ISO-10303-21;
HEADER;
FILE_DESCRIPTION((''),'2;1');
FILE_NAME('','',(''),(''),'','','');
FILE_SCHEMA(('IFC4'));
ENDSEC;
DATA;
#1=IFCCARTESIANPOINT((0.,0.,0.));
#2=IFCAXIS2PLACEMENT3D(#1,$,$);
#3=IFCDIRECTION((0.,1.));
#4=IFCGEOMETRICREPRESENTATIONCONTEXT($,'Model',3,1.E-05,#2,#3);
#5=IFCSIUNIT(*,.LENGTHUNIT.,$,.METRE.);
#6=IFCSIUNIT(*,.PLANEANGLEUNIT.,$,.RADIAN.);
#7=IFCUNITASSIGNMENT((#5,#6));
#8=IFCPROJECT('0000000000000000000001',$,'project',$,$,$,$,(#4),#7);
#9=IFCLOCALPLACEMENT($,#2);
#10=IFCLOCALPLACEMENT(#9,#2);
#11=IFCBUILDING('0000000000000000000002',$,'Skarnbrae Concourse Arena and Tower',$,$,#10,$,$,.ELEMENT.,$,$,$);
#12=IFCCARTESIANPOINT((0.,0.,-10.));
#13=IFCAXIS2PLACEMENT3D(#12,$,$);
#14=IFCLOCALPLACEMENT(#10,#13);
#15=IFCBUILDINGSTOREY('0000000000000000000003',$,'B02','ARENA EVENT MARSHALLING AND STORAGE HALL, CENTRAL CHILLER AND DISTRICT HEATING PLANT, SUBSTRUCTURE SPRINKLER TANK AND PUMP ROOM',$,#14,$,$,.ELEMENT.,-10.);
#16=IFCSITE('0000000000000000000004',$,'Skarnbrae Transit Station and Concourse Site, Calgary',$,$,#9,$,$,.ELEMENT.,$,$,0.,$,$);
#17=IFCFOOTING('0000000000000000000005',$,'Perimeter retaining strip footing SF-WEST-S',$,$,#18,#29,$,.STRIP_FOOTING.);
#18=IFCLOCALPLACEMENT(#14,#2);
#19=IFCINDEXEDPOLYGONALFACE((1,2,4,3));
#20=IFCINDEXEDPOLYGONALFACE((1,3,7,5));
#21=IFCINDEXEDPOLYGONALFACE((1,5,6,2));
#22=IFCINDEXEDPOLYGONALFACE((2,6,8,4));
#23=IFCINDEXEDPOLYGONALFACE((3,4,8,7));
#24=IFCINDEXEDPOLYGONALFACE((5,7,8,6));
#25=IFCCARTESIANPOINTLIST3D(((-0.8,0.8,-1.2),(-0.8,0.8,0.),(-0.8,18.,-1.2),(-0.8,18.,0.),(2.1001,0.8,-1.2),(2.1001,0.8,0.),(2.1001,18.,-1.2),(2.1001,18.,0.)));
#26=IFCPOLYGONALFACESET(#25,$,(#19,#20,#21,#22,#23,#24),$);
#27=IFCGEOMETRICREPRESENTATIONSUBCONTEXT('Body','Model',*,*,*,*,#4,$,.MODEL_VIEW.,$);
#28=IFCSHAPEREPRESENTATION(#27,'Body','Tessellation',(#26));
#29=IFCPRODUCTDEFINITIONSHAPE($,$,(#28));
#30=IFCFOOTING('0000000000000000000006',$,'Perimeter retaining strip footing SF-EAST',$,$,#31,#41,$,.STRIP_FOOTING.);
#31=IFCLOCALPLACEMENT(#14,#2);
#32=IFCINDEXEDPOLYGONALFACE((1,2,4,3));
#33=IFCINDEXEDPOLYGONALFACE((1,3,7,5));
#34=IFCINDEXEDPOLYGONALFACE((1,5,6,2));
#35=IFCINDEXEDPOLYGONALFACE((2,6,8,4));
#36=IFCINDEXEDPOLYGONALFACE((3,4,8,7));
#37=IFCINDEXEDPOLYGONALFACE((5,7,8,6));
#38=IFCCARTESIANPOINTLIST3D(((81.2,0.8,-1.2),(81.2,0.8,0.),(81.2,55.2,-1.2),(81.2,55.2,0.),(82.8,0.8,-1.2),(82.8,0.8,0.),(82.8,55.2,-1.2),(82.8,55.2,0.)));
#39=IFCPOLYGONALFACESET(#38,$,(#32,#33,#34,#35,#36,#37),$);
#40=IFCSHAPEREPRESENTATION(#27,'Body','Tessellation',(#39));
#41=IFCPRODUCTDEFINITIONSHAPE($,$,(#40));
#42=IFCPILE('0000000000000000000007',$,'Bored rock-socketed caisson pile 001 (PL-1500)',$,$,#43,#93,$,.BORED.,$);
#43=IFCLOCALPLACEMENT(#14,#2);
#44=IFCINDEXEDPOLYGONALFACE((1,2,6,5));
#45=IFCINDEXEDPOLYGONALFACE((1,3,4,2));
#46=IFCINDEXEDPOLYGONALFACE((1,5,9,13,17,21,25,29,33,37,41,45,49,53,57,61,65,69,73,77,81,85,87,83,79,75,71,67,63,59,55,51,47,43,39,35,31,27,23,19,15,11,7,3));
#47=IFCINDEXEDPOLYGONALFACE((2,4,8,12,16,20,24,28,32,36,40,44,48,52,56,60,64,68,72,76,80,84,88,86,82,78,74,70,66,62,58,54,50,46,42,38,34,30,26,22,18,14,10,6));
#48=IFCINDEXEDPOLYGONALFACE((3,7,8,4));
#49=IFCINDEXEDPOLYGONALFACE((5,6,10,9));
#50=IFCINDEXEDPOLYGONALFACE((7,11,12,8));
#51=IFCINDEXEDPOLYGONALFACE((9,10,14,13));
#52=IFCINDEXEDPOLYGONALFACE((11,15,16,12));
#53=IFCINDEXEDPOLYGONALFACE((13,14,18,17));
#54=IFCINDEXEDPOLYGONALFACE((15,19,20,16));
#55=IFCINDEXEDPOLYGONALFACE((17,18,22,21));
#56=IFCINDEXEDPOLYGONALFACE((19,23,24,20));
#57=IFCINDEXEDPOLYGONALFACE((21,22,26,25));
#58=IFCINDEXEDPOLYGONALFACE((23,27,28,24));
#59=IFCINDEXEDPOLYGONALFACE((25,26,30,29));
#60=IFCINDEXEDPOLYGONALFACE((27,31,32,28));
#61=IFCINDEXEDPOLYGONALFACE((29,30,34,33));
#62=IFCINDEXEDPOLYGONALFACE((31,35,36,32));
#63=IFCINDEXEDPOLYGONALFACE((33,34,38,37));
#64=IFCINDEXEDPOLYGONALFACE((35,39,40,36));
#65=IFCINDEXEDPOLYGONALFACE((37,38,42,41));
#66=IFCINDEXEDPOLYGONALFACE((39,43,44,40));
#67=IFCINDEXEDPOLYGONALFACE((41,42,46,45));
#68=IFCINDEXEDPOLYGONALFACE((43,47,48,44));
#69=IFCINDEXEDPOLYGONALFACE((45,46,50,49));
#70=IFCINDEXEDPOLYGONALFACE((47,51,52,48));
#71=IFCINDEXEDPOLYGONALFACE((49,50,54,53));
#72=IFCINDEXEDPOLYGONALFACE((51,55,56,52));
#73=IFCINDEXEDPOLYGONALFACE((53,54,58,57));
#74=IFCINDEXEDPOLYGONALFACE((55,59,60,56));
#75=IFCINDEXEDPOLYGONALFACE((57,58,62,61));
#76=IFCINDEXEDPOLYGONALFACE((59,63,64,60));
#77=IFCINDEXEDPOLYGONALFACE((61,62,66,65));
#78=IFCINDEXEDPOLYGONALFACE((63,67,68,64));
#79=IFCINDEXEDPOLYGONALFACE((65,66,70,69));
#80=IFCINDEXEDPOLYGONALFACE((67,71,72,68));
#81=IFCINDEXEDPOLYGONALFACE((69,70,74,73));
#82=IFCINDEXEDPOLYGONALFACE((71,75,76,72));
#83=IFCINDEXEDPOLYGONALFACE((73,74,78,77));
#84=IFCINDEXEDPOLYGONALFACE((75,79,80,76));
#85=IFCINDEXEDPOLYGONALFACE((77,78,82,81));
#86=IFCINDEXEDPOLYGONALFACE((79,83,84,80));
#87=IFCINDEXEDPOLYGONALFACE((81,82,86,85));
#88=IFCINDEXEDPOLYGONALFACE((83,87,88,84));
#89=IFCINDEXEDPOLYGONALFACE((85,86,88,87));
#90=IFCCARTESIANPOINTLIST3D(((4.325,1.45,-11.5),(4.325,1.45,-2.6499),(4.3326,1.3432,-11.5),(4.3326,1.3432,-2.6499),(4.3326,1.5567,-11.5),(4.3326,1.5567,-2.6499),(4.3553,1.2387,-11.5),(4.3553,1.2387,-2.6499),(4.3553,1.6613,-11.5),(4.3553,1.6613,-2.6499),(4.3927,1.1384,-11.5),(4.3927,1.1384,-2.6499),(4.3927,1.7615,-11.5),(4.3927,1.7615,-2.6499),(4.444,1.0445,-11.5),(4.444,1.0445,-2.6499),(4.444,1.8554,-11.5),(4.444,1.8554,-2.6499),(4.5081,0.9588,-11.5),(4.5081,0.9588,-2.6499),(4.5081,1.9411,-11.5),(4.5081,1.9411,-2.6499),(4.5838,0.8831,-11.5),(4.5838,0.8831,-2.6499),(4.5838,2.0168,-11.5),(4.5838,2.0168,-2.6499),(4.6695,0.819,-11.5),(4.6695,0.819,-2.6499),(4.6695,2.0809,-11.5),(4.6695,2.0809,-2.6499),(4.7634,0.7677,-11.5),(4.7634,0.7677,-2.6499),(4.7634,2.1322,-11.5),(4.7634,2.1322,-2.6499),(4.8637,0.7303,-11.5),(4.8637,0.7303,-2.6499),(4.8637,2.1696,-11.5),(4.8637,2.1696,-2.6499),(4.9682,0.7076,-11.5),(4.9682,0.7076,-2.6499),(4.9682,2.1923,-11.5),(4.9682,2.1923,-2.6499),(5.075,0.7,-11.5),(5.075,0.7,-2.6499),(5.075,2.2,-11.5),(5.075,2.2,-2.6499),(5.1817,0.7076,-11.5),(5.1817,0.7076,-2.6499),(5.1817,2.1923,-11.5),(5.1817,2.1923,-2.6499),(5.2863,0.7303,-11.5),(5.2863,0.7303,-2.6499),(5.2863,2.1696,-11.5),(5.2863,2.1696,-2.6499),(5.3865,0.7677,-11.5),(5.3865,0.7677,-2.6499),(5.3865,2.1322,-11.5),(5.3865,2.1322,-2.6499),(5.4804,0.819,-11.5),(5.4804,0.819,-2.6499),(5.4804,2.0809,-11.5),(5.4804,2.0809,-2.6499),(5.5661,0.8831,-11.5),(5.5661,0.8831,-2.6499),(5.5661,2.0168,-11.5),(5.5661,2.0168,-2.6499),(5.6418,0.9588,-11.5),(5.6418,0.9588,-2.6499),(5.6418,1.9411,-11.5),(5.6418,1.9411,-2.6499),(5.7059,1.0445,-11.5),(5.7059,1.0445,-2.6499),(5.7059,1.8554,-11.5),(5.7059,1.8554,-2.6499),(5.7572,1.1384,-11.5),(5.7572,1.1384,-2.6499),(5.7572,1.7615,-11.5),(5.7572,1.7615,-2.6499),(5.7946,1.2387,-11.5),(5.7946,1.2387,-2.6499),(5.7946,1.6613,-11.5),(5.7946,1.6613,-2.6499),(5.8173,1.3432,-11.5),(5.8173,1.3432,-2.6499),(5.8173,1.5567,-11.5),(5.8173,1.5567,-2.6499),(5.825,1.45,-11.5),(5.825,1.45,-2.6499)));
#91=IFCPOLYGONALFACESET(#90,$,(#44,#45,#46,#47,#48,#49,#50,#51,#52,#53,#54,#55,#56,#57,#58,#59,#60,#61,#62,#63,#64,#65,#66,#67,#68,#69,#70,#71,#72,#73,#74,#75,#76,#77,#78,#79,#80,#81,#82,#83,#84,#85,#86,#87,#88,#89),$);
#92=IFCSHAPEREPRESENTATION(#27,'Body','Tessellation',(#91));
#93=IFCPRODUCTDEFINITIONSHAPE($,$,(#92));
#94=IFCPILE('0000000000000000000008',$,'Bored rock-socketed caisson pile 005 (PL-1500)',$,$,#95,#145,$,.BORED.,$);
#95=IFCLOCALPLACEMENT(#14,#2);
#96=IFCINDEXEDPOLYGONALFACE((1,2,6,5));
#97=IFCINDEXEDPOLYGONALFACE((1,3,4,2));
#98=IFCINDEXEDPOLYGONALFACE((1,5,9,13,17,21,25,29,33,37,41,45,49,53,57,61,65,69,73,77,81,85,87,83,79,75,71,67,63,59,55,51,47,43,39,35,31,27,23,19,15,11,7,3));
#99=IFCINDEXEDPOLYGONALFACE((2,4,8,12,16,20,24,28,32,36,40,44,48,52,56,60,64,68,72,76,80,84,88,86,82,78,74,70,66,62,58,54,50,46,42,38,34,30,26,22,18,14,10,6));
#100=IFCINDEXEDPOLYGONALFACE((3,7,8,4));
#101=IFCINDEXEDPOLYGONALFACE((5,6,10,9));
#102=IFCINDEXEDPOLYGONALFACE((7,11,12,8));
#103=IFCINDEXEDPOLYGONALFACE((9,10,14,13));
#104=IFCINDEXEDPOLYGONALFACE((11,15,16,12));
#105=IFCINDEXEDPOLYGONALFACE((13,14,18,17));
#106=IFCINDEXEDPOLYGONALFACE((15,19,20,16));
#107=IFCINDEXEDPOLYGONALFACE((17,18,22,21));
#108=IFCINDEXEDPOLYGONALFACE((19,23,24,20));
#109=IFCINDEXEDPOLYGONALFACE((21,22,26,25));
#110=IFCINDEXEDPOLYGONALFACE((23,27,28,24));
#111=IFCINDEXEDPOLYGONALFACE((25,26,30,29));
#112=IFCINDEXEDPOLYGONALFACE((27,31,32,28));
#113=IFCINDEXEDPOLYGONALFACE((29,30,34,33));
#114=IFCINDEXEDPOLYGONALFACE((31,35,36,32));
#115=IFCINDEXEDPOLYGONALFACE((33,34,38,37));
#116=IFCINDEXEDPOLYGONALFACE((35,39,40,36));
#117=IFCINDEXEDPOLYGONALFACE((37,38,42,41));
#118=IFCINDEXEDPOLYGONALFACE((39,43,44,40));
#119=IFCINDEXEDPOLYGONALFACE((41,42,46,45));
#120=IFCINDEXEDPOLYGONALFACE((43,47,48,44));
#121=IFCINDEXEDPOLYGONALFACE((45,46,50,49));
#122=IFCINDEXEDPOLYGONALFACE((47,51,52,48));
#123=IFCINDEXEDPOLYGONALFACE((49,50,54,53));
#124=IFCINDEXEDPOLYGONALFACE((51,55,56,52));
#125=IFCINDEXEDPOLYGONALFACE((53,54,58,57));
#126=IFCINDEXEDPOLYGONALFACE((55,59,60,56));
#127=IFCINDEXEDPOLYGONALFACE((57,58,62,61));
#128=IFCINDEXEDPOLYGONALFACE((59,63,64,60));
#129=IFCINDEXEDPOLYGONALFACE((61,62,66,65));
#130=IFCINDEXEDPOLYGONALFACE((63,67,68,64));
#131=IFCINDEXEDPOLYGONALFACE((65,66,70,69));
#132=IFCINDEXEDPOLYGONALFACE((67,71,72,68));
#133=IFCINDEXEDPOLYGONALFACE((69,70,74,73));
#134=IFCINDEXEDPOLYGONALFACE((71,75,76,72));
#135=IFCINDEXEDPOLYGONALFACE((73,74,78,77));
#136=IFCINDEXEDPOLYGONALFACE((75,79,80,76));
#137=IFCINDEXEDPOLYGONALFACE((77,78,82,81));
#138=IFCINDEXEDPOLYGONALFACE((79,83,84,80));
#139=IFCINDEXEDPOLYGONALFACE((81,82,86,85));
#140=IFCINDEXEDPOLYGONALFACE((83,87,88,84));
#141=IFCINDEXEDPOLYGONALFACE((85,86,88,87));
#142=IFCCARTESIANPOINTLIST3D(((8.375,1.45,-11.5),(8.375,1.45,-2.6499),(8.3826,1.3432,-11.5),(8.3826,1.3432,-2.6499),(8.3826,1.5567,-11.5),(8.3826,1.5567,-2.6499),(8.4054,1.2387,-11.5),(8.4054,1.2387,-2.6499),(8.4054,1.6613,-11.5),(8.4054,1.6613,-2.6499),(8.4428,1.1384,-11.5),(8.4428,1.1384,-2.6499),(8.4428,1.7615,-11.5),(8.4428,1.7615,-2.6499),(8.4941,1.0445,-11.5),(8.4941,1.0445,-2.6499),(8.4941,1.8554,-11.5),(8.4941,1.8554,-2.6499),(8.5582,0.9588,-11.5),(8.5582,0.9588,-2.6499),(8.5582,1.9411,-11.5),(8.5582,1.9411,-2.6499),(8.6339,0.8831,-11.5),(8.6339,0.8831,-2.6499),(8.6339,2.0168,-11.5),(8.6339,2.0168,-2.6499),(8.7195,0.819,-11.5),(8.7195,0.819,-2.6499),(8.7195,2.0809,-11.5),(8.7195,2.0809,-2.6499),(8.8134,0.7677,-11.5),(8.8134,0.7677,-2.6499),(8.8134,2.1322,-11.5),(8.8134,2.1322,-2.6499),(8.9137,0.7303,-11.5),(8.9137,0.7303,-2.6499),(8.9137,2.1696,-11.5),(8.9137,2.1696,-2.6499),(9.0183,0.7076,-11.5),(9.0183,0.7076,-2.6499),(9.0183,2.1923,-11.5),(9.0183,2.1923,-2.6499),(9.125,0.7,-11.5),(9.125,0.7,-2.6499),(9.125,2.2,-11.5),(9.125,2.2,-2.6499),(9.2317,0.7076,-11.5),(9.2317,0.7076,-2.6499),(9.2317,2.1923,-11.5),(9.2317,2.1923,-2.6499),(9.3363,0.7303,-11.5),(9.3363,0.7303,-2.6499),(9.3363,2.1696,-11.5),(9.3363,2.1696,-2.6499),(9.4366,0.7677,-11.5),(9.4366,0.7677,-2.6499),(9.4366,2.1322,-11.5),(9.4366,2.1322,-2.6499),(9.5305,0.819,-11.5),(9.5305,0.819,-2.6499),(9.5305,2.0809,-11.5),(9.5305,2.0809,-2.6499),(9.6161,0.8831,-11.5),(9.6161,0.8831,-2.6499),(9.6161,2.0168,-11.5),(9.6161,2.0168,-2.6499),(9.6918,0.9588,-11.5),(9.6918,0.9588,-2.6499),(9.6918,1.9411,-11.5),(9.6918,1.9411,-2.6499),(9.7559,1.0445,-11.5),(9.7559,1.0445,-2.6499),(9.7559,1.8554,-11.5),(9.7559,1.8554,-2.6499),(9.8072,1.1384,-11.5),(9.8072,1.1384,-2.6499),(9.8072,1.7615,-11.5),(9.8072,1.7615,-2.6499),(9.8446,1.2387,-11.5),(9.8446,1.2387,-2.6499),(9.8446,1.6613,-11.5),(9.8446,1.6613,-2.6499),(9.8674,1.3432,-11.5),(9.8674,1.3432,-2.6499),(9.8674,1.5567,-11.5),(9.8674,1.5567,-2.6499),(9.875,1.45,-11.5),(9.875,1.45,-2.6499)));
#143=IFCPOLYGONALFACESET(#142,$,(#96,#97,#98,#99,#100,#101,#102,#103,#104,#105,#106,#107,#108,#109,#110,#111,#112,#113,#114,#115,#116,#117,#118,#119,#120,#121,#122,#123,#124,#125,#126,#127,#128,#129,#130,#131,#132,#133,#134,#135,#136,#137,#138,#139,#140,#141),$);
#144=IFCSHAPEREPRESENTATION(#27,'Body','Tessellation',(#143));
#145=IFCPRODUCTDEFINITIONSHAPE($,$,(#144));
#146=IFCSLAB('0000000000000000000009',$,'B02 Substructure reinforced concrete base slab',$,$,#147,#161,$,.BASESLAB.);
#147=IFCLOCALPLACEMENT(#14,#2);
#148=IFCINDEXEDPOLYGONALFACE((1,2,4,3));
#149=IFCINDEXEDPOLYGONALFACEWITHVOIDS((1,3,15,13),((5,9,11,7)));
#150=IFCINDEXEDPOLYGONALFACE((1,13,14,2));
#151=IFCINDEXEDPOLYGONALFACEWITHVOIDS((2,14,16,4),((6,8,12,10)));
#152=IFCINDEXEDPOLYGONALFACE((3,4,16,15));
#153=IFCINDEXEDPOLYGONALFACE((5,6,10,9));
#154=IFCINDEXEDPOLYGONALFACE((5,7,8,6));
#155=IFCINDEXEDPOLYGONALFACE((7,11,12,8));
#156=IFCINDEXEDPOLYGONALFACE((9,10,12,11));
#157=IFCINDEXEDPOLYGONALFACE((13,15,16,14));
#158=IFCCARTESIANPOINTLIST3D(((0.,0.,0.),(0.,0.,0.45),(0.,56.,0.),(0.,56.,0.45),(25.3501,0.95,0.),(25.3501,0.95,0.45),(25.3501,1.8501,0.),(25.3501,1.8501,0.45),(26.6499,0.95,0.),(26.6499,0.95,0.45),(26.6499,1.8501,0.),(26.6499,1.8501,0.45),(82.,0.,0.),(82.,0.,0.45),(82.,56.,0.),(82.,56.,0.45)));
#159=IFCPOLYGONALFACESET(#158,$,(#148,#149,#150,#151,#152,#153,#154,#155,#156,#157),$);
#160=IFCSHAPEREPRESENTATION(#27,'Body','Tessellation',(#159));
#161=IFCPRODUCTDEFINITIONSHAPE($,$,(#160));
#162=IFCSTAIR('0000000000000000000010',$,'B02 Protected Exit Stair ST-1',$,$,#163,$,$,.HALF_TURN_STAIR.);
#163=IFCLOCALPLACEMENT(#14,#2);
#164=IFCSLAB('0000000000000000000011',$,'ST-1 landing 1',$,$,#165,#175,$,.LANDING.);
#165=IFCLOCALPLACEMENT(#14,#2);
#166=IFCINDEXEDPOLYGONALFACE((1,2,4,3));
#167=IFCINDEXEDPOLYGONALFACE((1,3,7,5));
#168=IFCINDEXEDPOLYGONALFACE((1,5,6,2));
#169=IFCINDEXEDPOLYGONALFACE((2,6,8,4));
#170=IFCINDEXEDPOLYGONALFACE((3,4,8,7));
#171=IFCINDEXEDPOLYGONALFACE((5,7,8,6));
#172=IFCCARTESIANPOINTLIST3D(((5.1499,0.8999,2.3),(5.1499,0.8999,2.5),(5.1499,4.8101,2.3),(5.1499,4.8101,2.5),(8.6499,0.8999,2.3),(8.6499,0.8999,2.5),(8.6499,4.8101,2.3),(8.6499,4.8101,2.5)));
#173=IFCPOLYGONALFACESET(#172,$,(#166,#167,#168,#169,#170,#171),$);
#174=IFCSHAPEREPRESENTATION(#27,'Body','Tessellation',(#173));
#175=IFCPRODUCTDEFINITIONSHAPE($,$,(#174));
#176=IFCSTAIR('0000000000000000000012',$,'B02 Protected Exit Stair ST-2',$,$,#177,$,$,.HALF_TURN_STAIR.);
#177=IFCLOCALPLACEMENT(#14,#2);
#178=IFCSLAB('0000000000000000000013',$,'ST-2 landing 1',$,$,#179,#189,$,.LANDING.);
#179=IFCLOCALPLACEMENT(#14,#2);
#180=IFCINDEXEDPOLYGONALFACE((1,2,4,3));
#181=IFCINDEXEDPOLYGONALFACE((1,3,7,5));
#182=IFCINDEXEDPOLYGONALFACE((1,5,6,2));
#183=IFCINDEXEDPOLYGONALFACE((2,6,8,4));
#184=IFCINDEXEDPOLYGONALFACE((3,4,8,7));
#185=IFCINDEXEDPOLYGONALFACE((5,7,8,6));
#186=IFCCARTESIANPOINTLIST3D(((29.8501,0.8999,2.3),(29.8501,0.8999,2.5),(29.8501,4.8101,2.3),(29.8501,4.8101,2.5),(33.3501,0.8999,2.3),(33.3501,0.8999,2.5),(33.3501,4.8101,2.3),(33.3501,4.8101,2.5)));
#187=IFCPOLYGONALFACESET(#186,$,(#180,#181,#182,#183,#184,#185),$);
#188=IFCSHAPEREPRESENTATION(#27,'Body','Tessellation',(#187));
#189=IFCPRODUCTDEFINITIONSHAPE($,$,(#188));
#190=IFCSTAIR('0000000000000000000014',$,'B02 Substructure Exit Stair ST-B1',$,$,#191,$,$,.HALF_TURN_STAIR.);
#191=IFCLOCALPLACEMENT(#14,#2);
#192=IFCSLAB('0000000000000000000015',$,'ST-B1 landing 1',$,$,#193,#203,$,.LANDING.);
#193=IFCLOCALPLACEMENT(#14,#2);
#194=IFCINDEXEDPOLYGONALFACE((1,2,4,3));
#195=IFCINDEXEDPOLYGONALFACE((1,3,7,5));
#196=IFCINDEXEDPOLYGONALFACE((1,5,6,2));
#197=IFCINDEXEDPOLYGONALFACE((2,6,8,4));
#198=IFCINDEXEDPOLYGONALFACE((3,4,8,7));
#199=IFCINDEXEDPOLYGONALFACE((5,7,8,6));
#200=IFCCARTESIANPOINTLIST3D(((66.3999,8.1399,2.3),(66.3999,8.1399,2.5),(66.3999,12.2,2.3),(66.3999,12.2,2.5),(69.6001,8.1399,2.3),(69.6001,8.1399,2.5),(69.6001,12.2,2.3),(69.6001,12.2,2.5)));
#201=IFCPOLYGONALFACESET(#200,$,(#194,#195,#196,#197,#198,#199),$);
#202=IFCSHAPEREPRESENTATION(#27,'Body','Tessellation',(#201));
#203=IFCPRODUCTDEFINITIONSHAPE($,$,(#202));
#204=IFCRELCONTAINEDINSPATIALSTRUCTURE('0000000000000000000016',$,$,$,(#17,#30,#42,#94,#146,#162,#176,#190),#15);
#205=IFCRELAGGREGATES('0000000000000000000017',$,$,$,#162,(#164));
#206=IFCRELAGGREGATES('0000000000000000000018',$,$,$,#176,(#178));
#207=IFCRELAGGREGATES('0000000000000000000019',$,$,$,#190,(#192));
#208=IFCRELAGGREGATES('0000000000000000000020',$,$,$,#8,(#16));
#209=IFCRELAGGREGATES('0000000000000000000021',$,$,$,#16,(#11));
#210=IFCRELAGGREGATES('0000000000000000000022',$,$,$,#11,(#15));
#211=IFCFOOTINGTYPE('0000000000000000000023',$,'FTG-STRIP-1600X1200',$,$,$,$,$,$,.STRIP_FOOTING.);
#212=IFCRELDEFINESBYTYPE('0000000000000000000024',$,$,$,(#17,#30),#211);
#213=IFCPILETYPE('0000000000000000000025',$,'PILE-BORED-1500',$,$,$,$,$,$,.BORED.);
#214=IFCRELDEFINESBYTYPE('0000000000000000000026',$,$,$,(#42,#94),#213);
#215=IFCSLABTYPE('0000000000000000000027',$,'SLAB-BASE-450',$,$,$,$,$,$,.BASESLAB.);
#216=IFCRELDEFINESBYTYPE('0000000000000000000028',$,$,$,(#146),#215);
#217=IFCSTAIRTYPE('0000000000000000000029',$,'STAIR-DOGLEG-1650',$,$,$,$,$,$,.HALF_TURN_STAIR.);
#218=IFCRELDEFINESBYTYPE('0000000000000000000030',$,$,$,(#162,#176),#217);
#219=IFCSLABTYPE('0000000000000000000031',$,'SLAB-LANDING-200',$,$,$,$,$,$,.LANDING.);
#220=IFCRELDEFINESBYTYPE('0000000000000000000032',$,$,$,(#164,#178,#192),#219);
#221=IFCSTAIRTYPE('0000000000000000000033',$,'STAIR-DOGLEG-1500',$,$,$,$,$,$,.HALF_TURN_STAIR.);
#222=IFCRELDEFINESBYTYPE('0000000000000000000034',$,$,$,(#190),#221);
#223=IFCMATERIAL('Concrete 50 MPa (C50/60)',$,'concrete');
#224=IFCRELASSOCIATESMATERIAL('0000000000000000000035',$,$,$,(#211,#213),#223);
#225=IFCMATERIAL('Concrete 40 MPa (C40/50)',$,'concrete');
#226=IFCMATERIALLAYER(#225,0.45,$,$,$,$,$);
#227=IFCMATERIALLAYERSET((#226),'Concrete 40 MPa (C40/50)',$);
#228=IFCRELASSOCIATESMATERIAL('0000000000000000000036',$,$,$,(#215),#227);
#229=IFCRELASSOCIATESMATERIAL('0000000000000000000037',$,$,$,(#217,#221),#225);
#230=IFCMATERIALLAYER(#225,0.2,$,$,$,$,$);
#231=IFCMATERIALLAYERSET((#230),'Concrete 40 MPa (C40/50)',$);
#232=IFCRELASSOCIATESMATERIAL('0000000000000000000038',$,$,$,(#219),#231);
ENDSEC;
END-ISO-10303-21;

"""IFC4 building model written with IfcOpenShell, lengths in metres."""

from ifc_helpers import new_model, si_unit, direction, frame, origin, origin_2d, place, context, subcontext, project, spatial, polyline, circle, outline, extrude, source, transform, mapped, material, layer, layer_set, material_profile, profile_set, type_object, element, aggregate, save


model = new_model("IFC4")

# Units and contexts
model_context = context("Model", 3, precision=1e-05, world=origin(), true_north=direction((0.0, 1.0)))
body_context = subcontext(model_context, "Body", "Model", "MODEL_VIEW")
ifc_project = project(units=[si_unit("LENGTHUNIT", "METRE"), si_unit("PLANEANGLEUNIT", "RADIAN")], contexts=[model_context])

# Site, building, storey
site_placement = place(None, origin())
site = spatial("IfcSite", under=ifc_project, at=site_placement, Name="Skarnbrae Transit Station and Concourse Site, Calgary", CompositionType="ELEMENT", RefElevation=0.0)
building_placement = place(site_placement, origin())
building = spatial("IfcBuilding", under=site, at=building_placement, Name="Skarnbrae Concourse Arena and Tower", CompositionType="ELEMENT")
storey_placement = place(building_placement, frame((0.0, 0.0, -10.0)))
storey = spatial("IfcBuildingStorey", under=building, at=storey_placement, Name="B02", Description="ARENA EVENT MARSHALLING AND STORAGE HALL, CENTRAL CHILLER AND DISTRICT HEATING PLANT, SUBSTRUCTURE SPRINKLER TANK AND PUMP ROOM", CompositionType="ELEMENT", Elevation=-10.0)

# Footings
ifc_material_1 = material(Name="Concrete 50 MPa (C50/60)", Category="concrete")
footing_type_1 = type_object("IfcFootingType", Name="FTG-STRIP-1600X1200", PredefinedType="STRIP_FOOTING", material=ifc_material_1)
footing_1_placement = place(storey_placement, frame((0.0, 0.0, -1.2)))
element("IfcFooting", 1, at=footing_1_placement, inside=storey, type_object=footing_type_1, Name="Perimeter retaining strip footing SF-WEST-S", PredefinedType="STRIP_FOOTING", context=body_context, shape_type="SweptSolid", body=[
    extrude(outline(polyline([(-0.8, 0.8), (2.1001, 0.8), (2.1001, 18.0), (-0.8, 18.0), (-0.8, 0.8)])), origin(), (0.0, 0.0, 1.0), 1.2),
])
footing_2_placement = place(storey_placement, frame((0.0, 0.0, -1.2)))
element("IfcFooting", 2, at=footing_2_placement, inside=storey, type_object=footing_type_1, Name="Perimeter retaining strip footing SF-EAST", PredefinedType="STRIP_FOOTING", context=body_context, shape_type="SweptSolid", body=[
    extrude(outline(polyline([(81.2, 0.8), (82.8, 0.8), (82.8, 55.2), (81.2, 55.2), (81.2, 0.8)])), origin(), (0.0, 0.0, 1.0), 1.2),
])

# Piles
ifc_material_profile = material_profile(ifc_material_1, circle(Radius=0.75, at=origin_2d()), Name="CAISSON-1500")
ifc_profile_set = profile_set([ifc_material_profile], Name="Concrete 50 MPa (C50/60)")
pile_type = type_object("IfcPileType", Name="PILE-BORED-1500", PredefinedType="BORED", material=ifc_profile_set)
shared_shape_1 = source(origin(), body_context, "Body", "SweptSolid", [
    extrude(circle(Radius=0.75, at=origin_2d()), origin(), (0.0, 0.0, 1.0), 8.8501),
])
for number, where, z_axis, x_axis, name in (
    (3, (5.075, 1.45, -2.6499), (0.0, 0.0, -1.0), (1.0, 0.0, 0.0), "Bored rock-socketed caisson pile 001 (PL-1500)"),
    (4, (9.125, 1.45, -2.6499), (0.0, 0.0, -1.0), (1.0, 0.0, 0.0), "Bored rock-socketed caisson pile 005 (PL-1500)"),
):
    element("IfcPile", number, at=place(storey_placement, frame(where, z_axis=z_axis, x_axis=x_axis)), inside=storey, type_object=pile_type, Name=name, PredefinedType="BORED", context=body_context, shape_type="MappedRepresentation", body=[
        mapped(shared_shape_1, transform((0.0, 0.0, 0.0))),
    ])

# Slab
ifc_material_2 = material(Name="Concrete 40 MPa (C40/50)", Category="concrete")
ifc_layer_1 = layer(ifc_material_2, 0.45)
ifc_layer_set_1 = layer_set([ifc_layer_1], Name="Concrete 40 MPa (C40/50)")
slab_type_1 = type_object("IfcSlabType", Name="SLAB-BASE-450", PredefinedType="BASESLAB", material=ifc_layer_set_1)
slab_1_placement = place(storey_placement, origin())
element("IfcSlab", 5, at=slab_1_placement, inside=storey, type_object=slab_type_1, Name="B02 Substructure reinforced concrete base slab", PredefinedType="BASESLAB", context=body_context, shape_type="SweptSolid", body=[
    extrude(outline(polyline([(0.0, 0.0), (82.0, 0.0), (82.0, 56.0), (0.0, 56.0), (0.0, 0.0)]), holes=[polyline([(25.3501, 1.8501), (26.6499, 1.8501), (26.6499, 0.95), (25.3501, 0.95), (25.3501, 1.8501)])]), origin(), (0.0, 0.0, 1.0), 0.45),
])

# Stairs, slabs
stair_type_1 = type_object("IfcStairType", Name="STAIR-DOGLEG-1650", PredefinedType="HALF_TURN_STAIR", material=ifc_material_2)
stair_1_placement = place(storey_placement, origin())
stair_1 = element("IfcStair", 6, at=stair_1_placement, inside=storey, type_object=stair_type_1, Name="B02 Protected Exit Stair ST-1", PredefinedType="HALF_TURN_STAIR")
ifc_layer_2 = layer(ifc_material_2, 0.2)
ifc_layer_set_2 = layer_set([ifc_layer_2], Name="Concrete 40 MPa (C40/50)")
slab_type_2 = type_object("IfcSlabType", Name="SLAB-LANDING-200", PredefinedType="LANDING", material=ifc_layer_set_2)
slab_2_placement = place(storey_placement, frame((0.0, 0.0, 2.3)))
slab_2 = element("IfcSlab", 7, at=slab_2_placement, type_object=slab_type_2, Name="ST-1 landing 1", PredefinedType="LANDING", context=body_context, shape_type="SweptSolid", body=[
    extrude(outline(polyline([(5.1499, 4.8101), (5.1499, 0.8999), (8.6499, 0.8999), (8.6499, 4.8101), (5.1499, 4.8101)])), origin(), (0.0, 0.0, 1.0), 0.2),
])
aggregate(stair_1, [slab_2])
stair_2_placement = place(storey_placement, origin())
stair_2 = element("IfcStair", 8, at=stair_2_placement, inside=storey, type_object=stair_type_1, Name="B02 Protected Exit Stair ST-2", PredefinedType="HALF_TURN_STAIR")
slab_3_placement = place(storey_placement, frame((0.0, 0.0, 2.3)))
slab_3 = element("IfcSlab", 9, at=slab_3_placement, type_object=slab_type_2, Name="ST-2 landing 1", PredefinedType="LANDING", context=body_context, shape_type="SweptSolid", body=[
    extrude(outline(polyline([(29.8501, 4.8101), (29.8501, 0.8999), (33.3501, 0.8999), (33.3501, 4.8101), (29.8501, 4.8101)])), origin(), (0.0, 0.0, 1.0), 0.2),
])
aggregate(stair_2, [slab_3])
stair_type_2 = type_object("IfcStairType", Name="STAIR-DOGLEG-1500", PredefinedType="HALF_TURN_STAIR", material=ifc_material_2)
stair_3_placement = place(storey_placement, origin())
stair_3 = element("IfcStair", 10, at=stair_3_placement, inside=storey, type_object=stair_type_2, Name="B02 Substructure Exit Stair ST-B1", PredefinedType="HALF_TURN_STAIR")
slab_4_placement = place(storey_placement, frame((0.0, 0.0, 2.3)))
slab_4 = element("IfcSlab", 11, at=slab_4_placement, type_object=slab_type_2, Name="ST-B1 landing 1", PredefinedType="LANDING", context=body_context, shape_type="SweptSolid", body=[
    extrude(outline(polyline([(69.6001, 8.1399), (69.6001, 12.2), (66.3999, 12.2), (66.3999, 8.1399), (69.6001, 8.1399)])), origin(), (0.0, 0.0, 1.0), 0.2),
])
aggregate(stair_3, [slab_4])

save(model, "model.ifc")
